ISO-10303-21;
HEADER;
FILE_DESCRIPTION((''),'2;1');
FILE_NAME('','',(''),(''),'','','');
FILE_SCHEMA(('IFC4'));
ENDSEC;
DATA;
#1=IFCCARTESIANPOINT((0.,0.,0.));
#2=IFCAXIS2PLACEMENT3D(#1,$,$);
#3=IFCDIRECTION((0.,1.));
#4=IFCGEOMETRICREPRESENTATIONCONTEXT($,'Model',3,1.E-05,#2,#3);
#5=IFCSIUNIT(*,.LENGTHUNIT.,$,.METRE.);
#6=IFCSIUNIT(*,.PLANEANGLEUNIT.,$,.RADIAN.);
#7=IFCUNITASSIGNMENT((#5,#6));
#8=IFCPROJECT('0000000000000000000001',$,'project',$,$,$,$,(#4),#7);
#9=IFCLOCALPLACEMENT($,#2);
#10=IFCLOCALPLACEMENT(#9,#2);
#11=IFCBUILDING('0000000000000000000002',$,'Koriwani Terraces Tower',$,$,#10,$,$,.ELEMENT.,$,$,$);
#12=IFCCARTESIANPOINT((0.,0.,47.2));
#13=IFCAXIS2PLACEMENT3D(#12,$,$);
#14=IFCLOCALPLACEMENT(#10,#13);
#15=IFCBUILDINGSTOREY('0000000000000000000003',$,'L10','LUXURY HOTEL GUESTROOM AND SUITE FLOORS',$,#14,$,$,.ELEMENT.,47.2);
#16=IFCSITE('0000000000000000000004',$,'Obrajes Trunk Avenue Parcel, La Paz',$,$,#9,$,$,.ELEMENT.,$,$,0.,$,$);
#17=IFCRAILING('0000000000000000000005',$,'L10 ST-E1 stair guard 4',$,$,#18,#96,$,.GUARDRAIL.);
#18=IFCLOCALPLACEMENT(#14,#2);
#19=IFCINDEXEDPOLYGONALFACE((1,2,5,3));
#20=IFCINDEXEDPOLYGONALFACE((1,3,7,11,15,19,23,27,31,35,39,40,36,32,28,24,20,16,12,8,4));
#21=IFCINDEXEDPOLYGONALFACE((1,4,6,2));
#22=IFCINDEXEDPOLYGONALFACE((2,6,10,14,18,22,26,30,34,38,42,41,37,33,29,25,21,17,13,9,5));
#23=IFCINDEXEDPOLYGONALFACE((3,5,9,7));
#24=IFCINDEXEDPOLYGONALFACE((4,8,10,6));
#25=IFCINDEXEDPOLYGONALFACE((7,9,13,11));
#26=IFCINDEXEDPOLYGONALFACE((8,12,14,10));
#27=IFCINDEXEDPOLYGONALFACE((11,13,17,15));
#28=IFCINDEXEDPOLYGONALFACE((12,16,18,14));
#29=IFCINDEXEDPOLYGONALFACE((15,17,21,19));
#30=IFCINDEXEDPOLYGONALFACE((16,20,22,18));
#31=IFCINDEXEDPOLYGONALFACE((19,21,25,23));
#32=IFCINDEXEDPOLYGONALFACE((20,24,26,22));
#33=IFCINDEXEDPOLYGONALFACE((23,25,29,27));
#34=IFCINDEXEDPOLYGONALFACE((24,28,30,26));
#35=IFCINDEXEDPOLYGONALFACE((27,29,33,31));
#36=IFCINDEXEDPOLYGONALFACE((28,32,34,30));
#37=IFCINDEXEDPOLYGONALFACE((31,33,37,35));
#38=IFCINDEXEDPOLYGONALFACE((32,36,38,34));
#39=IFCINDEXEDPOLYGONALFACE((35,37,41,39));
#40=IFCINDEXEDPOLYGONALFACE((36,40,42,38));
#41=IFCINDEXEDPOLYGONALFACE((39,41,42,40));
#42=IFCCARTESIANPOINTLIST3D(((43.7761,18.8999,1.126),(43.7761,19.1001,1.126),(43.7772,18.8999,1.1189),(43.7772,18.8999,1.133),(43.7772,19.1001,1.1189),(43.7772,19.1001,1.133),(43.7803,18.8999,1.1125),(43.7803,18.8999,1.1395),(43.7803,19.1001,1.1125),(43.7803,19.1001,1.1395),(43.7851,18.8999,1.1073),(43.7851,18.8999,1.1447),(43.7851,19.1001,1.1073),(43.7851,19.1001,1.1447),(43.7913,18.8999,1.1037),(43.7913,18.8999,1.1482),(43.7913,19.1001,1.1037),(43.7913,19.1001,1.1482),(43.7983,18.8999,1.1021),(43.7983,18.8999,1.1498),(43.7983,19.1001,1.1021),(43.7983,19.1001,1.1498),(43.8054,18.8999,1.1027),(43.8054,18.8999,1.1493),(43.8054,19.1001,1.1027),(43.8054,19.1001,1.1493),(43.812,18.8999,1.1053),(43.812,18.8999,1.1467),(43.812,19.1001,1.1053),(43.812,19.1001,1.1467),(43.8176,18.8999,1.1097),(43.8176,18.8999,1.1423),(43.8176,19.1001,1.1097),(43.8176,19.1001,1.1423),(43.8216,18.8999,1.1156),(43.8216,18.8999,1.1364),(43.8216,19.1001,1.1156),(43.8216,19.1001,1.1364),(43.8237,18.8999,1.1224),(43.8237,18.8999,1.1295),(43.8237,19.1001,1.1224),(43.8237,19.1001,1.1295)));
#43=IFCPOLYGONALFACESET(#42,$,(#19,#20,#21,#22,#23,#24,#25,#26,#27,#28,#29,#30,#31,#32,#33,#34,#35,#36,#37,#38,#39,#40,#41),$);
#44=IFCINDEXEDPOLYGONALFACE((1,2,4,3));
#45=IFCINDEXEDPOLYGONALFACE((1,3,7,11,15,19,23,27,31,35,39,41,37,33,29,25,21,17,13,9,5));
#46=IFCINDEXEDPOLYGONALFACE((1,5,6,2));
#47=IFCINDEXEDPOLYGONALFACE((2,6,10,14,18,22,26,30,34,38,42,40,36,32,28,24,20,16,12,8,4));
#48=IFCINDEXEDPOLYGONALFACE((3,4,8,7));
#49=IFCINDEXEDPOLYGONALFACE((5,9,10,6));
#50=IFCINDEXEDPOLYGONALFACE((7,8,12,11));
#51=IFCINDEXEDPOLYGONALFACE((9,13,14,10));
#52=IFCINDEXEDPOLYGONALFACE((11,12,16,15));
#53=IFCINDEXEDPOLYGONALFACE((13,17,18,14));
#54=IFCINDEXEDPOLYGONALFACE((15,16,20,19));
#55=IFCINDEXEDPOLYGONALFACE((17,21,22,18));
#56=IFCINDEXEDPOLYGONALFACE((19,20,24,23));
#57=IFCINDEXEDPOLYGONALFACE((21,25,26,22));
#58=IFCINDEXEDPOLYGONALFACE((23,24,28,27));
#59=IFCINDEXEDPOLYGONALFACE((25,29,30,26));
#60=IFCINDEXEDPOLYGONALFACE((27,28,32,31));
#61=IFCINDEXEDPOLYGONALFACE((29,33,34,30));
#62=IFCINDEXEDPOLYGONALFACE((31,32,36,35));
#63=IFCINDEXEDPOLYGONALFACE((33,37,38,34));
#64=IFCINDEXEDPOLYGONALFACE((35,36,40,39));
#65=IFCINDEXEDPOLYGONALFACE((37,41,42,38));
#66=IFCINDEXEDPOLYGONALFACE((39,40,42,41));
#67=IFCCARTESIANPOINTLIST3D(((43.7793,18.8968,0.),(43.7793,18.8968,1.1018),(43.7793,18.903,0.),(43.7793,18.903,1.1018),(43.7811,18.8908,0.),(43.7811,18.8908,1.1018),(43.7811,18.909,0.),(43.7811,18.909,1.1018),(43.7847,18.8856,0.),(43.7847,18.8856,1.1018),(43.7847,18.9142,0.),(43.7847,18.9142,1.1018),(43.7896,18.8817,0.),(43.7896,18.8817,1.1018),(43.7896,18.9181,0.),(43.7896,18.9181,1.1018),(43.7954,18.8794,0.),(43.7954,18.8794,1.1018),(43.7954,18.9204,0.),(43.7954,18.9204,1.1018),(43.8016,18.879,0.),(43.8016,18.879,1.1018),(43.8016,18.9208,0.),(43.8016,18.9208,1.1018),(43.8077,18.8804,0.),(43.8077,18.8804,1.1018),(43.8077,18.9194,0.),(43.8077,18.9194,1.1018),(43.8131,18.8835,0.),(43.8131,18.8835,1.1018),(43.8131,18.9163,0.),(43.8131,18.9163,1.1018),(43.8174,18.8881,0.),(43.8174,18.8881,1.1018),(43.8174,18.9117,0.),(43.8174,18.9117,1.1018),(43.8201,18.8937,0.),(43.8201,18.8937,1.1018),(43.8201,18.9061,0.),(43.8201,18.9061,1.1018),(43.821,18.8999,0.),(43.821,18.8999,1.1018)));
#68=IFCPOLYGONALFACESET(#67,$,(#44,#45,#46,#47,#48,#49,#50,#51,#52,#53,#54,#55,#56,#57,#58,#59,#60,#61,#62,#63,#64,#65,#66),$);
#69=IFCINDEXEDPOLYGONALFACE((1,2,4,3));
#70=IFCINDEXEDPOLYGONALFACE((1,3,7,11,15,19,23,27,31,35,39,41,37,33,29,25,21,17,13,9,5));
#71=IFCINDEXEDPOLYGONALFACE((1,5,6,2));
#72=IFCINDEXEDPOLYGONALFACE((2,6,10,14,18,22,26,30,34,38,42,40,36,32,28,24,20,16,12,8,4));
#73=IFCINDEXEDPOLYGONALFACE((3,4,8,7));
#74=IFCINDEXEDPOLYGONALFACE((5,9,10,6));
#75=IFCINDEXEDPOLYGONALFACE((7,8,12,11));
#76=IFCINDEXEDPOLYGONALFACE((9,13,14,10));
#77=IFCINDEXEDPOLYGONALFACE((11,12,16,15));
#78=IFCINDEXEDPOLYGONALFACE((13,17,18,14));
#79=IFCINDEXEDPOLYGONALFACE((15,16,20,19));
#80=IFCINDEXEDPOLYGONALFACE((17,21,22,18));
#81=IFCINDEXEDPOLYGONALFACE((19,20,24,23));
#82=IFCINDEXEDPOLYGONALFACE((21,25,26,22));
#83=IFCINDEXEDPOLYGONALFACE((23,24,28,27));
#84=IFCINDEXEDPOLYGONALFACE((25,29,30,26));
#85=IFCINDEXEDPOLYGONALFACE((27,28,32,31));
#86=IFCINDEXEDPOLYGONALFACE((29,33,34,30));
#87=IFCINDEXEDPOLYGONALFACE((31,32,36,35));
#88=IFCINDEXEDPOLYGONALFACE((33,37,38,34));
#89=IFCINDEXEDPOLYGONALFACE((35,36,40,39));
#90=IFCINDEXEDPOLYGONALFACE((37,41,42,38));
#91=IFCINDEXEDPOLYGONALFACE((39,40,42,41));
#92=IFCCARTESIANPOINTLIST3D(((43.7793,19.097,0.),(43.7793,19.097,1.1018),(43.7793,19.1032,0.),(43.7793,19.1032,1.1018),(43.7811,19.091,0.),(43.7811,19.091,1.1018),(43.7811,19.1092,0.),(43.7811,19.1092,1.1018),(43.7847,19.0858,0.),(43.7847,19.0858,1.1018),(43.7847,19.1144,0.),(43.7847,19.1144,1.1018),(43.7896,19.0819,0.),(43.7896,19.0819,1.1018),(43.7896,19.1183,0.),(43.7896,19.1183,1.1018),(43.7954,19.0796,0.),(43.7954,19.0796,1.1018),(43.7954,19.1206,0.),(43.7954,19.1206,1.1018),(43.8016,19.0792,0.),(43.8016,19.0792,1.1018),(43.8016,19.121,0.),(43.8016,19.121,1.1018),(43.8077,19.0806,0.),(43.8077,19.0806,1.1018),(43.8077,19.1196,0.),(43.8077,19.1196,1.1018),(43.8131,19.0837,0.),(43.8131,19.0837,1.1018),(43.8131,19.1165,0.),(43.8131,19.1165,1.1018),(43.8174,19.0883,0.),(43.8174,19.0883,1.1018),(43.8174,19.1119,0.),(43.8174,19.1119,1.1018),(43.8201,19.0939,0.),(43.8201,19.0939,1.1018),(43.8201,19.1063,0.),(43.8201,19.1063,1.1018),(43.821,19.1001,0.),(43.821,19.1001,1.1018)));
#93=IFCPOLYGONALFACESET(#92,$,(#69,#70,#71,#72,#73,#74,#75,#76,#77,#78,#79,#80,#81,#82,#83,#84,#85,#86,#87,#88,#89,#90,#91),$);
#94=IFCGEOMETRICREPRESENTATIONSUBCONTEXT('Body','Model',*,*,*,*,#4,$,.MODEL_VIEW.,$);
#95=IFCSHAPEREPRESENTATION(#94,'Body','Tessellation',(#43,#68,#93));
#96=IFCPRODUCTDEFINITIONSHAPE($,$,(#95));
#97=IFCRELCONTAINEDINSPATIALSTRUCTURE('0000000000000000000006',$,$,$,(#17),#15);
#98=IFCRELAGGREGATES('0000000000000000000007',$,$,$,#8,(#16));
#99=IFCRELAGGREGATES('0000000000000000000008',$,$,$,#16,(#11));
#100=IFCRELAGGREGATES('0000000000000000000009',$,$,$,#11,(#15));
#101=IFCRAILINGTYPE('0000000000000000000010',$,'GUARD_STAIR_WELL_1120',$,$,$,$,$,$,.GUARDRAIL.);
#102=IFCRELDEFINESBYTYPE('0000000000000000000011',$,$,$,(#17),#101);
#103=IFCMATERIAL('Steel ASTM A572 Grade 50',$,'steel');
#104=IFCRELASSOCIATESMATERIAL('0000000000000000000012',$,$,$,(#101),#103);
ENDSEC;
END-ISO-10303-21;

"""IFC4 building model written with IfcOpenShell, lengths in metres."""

from ifc_helpers import new_model, si_unit, direction, frame, origin, origin_2d, place, context, subcontext, project, spatial, circle, extrude, material, type_object, element, save


model = new_model("IFC4")

# Units and contexts
model_context = context("Model", 3, precision=1e-05, world=origin(), true_north=direction((0.0, 1.0)))
body_context = subcontext(model_context, "Body", "Model", "MODEL_VIEW")
ifc_project = project(units=[si_unit("LENGTHUNIT", "METRE"), si_unit("PLANEANGLEUNIT", "RADIAN")], contexts=[model_context])

# Site, building, storey
site_placement = place(None, origin())
site = spatial("IfcSite", under=ifc_project, at=site_placement, Name="Obrajes Trunk Avenue Parcel, La Paz", CompositionType="ELEMENT", RefElevation=0.0)
building_placement = place(site_placement, origin())
building = spatial("IfcBuilding", under=site, at=building_placement, Name="Koriwani Terraces Tower", CompositionType="ELEMENT")
storey_placement = place(building_placement, frame((0.0, 0.0, 47.2)))
storey = spatial("IfcBuildingStorey", under=building, at=storey_placement, Name="L10", Description="LUXURY HOTEL GUESTROOM AND SUITE FLOORS", CompositionType="ELEMENT", Elevation=47.2)

# Shared definitions
ifc_material_1 = material(Name="Steel ASTM A572 Grade 50", Category="steel")

# Railing
railing_type_1 = type_object("IfcRailingType", Name="GUARD_STAIR_WELL_1120", PredefinedType="GUARDRAIL", material=ifc_material_1)
railing_1_placement = place(storey_placement, frame((43.8, 18.8999, 0.0)))
element("IfcRailing", 1, at=railing_1_placement, inside=storey, type_object=railing_type_1, Name="L10 ST-E1 stair guard 4", PredefinedType="GUARDRAIL", context=body_context, shape_type="SweptSolid", body=[
    extrude(circle(Radius=0.0239, at=origin_2d()), frame((0.0, 0.0, 1.126), z_axis=(0.0, 1.0, 0.0), x_axis=(-1.0, 0.0, 0.0)), (0.0, 0.0, 1.0), 0.2002),
    extrude(circle(Radius=0.021, at=origin_2d()), origin(), (0.0, 0.0, 1.0), 1.1018),
    extrude(circle(Radius=0.021, at=origin_2d()), frame((0.0, 0.2002, 0.0)), (0.0, 0.0, 1.0), 1.1018),
])

save(model, "model.ifc")
